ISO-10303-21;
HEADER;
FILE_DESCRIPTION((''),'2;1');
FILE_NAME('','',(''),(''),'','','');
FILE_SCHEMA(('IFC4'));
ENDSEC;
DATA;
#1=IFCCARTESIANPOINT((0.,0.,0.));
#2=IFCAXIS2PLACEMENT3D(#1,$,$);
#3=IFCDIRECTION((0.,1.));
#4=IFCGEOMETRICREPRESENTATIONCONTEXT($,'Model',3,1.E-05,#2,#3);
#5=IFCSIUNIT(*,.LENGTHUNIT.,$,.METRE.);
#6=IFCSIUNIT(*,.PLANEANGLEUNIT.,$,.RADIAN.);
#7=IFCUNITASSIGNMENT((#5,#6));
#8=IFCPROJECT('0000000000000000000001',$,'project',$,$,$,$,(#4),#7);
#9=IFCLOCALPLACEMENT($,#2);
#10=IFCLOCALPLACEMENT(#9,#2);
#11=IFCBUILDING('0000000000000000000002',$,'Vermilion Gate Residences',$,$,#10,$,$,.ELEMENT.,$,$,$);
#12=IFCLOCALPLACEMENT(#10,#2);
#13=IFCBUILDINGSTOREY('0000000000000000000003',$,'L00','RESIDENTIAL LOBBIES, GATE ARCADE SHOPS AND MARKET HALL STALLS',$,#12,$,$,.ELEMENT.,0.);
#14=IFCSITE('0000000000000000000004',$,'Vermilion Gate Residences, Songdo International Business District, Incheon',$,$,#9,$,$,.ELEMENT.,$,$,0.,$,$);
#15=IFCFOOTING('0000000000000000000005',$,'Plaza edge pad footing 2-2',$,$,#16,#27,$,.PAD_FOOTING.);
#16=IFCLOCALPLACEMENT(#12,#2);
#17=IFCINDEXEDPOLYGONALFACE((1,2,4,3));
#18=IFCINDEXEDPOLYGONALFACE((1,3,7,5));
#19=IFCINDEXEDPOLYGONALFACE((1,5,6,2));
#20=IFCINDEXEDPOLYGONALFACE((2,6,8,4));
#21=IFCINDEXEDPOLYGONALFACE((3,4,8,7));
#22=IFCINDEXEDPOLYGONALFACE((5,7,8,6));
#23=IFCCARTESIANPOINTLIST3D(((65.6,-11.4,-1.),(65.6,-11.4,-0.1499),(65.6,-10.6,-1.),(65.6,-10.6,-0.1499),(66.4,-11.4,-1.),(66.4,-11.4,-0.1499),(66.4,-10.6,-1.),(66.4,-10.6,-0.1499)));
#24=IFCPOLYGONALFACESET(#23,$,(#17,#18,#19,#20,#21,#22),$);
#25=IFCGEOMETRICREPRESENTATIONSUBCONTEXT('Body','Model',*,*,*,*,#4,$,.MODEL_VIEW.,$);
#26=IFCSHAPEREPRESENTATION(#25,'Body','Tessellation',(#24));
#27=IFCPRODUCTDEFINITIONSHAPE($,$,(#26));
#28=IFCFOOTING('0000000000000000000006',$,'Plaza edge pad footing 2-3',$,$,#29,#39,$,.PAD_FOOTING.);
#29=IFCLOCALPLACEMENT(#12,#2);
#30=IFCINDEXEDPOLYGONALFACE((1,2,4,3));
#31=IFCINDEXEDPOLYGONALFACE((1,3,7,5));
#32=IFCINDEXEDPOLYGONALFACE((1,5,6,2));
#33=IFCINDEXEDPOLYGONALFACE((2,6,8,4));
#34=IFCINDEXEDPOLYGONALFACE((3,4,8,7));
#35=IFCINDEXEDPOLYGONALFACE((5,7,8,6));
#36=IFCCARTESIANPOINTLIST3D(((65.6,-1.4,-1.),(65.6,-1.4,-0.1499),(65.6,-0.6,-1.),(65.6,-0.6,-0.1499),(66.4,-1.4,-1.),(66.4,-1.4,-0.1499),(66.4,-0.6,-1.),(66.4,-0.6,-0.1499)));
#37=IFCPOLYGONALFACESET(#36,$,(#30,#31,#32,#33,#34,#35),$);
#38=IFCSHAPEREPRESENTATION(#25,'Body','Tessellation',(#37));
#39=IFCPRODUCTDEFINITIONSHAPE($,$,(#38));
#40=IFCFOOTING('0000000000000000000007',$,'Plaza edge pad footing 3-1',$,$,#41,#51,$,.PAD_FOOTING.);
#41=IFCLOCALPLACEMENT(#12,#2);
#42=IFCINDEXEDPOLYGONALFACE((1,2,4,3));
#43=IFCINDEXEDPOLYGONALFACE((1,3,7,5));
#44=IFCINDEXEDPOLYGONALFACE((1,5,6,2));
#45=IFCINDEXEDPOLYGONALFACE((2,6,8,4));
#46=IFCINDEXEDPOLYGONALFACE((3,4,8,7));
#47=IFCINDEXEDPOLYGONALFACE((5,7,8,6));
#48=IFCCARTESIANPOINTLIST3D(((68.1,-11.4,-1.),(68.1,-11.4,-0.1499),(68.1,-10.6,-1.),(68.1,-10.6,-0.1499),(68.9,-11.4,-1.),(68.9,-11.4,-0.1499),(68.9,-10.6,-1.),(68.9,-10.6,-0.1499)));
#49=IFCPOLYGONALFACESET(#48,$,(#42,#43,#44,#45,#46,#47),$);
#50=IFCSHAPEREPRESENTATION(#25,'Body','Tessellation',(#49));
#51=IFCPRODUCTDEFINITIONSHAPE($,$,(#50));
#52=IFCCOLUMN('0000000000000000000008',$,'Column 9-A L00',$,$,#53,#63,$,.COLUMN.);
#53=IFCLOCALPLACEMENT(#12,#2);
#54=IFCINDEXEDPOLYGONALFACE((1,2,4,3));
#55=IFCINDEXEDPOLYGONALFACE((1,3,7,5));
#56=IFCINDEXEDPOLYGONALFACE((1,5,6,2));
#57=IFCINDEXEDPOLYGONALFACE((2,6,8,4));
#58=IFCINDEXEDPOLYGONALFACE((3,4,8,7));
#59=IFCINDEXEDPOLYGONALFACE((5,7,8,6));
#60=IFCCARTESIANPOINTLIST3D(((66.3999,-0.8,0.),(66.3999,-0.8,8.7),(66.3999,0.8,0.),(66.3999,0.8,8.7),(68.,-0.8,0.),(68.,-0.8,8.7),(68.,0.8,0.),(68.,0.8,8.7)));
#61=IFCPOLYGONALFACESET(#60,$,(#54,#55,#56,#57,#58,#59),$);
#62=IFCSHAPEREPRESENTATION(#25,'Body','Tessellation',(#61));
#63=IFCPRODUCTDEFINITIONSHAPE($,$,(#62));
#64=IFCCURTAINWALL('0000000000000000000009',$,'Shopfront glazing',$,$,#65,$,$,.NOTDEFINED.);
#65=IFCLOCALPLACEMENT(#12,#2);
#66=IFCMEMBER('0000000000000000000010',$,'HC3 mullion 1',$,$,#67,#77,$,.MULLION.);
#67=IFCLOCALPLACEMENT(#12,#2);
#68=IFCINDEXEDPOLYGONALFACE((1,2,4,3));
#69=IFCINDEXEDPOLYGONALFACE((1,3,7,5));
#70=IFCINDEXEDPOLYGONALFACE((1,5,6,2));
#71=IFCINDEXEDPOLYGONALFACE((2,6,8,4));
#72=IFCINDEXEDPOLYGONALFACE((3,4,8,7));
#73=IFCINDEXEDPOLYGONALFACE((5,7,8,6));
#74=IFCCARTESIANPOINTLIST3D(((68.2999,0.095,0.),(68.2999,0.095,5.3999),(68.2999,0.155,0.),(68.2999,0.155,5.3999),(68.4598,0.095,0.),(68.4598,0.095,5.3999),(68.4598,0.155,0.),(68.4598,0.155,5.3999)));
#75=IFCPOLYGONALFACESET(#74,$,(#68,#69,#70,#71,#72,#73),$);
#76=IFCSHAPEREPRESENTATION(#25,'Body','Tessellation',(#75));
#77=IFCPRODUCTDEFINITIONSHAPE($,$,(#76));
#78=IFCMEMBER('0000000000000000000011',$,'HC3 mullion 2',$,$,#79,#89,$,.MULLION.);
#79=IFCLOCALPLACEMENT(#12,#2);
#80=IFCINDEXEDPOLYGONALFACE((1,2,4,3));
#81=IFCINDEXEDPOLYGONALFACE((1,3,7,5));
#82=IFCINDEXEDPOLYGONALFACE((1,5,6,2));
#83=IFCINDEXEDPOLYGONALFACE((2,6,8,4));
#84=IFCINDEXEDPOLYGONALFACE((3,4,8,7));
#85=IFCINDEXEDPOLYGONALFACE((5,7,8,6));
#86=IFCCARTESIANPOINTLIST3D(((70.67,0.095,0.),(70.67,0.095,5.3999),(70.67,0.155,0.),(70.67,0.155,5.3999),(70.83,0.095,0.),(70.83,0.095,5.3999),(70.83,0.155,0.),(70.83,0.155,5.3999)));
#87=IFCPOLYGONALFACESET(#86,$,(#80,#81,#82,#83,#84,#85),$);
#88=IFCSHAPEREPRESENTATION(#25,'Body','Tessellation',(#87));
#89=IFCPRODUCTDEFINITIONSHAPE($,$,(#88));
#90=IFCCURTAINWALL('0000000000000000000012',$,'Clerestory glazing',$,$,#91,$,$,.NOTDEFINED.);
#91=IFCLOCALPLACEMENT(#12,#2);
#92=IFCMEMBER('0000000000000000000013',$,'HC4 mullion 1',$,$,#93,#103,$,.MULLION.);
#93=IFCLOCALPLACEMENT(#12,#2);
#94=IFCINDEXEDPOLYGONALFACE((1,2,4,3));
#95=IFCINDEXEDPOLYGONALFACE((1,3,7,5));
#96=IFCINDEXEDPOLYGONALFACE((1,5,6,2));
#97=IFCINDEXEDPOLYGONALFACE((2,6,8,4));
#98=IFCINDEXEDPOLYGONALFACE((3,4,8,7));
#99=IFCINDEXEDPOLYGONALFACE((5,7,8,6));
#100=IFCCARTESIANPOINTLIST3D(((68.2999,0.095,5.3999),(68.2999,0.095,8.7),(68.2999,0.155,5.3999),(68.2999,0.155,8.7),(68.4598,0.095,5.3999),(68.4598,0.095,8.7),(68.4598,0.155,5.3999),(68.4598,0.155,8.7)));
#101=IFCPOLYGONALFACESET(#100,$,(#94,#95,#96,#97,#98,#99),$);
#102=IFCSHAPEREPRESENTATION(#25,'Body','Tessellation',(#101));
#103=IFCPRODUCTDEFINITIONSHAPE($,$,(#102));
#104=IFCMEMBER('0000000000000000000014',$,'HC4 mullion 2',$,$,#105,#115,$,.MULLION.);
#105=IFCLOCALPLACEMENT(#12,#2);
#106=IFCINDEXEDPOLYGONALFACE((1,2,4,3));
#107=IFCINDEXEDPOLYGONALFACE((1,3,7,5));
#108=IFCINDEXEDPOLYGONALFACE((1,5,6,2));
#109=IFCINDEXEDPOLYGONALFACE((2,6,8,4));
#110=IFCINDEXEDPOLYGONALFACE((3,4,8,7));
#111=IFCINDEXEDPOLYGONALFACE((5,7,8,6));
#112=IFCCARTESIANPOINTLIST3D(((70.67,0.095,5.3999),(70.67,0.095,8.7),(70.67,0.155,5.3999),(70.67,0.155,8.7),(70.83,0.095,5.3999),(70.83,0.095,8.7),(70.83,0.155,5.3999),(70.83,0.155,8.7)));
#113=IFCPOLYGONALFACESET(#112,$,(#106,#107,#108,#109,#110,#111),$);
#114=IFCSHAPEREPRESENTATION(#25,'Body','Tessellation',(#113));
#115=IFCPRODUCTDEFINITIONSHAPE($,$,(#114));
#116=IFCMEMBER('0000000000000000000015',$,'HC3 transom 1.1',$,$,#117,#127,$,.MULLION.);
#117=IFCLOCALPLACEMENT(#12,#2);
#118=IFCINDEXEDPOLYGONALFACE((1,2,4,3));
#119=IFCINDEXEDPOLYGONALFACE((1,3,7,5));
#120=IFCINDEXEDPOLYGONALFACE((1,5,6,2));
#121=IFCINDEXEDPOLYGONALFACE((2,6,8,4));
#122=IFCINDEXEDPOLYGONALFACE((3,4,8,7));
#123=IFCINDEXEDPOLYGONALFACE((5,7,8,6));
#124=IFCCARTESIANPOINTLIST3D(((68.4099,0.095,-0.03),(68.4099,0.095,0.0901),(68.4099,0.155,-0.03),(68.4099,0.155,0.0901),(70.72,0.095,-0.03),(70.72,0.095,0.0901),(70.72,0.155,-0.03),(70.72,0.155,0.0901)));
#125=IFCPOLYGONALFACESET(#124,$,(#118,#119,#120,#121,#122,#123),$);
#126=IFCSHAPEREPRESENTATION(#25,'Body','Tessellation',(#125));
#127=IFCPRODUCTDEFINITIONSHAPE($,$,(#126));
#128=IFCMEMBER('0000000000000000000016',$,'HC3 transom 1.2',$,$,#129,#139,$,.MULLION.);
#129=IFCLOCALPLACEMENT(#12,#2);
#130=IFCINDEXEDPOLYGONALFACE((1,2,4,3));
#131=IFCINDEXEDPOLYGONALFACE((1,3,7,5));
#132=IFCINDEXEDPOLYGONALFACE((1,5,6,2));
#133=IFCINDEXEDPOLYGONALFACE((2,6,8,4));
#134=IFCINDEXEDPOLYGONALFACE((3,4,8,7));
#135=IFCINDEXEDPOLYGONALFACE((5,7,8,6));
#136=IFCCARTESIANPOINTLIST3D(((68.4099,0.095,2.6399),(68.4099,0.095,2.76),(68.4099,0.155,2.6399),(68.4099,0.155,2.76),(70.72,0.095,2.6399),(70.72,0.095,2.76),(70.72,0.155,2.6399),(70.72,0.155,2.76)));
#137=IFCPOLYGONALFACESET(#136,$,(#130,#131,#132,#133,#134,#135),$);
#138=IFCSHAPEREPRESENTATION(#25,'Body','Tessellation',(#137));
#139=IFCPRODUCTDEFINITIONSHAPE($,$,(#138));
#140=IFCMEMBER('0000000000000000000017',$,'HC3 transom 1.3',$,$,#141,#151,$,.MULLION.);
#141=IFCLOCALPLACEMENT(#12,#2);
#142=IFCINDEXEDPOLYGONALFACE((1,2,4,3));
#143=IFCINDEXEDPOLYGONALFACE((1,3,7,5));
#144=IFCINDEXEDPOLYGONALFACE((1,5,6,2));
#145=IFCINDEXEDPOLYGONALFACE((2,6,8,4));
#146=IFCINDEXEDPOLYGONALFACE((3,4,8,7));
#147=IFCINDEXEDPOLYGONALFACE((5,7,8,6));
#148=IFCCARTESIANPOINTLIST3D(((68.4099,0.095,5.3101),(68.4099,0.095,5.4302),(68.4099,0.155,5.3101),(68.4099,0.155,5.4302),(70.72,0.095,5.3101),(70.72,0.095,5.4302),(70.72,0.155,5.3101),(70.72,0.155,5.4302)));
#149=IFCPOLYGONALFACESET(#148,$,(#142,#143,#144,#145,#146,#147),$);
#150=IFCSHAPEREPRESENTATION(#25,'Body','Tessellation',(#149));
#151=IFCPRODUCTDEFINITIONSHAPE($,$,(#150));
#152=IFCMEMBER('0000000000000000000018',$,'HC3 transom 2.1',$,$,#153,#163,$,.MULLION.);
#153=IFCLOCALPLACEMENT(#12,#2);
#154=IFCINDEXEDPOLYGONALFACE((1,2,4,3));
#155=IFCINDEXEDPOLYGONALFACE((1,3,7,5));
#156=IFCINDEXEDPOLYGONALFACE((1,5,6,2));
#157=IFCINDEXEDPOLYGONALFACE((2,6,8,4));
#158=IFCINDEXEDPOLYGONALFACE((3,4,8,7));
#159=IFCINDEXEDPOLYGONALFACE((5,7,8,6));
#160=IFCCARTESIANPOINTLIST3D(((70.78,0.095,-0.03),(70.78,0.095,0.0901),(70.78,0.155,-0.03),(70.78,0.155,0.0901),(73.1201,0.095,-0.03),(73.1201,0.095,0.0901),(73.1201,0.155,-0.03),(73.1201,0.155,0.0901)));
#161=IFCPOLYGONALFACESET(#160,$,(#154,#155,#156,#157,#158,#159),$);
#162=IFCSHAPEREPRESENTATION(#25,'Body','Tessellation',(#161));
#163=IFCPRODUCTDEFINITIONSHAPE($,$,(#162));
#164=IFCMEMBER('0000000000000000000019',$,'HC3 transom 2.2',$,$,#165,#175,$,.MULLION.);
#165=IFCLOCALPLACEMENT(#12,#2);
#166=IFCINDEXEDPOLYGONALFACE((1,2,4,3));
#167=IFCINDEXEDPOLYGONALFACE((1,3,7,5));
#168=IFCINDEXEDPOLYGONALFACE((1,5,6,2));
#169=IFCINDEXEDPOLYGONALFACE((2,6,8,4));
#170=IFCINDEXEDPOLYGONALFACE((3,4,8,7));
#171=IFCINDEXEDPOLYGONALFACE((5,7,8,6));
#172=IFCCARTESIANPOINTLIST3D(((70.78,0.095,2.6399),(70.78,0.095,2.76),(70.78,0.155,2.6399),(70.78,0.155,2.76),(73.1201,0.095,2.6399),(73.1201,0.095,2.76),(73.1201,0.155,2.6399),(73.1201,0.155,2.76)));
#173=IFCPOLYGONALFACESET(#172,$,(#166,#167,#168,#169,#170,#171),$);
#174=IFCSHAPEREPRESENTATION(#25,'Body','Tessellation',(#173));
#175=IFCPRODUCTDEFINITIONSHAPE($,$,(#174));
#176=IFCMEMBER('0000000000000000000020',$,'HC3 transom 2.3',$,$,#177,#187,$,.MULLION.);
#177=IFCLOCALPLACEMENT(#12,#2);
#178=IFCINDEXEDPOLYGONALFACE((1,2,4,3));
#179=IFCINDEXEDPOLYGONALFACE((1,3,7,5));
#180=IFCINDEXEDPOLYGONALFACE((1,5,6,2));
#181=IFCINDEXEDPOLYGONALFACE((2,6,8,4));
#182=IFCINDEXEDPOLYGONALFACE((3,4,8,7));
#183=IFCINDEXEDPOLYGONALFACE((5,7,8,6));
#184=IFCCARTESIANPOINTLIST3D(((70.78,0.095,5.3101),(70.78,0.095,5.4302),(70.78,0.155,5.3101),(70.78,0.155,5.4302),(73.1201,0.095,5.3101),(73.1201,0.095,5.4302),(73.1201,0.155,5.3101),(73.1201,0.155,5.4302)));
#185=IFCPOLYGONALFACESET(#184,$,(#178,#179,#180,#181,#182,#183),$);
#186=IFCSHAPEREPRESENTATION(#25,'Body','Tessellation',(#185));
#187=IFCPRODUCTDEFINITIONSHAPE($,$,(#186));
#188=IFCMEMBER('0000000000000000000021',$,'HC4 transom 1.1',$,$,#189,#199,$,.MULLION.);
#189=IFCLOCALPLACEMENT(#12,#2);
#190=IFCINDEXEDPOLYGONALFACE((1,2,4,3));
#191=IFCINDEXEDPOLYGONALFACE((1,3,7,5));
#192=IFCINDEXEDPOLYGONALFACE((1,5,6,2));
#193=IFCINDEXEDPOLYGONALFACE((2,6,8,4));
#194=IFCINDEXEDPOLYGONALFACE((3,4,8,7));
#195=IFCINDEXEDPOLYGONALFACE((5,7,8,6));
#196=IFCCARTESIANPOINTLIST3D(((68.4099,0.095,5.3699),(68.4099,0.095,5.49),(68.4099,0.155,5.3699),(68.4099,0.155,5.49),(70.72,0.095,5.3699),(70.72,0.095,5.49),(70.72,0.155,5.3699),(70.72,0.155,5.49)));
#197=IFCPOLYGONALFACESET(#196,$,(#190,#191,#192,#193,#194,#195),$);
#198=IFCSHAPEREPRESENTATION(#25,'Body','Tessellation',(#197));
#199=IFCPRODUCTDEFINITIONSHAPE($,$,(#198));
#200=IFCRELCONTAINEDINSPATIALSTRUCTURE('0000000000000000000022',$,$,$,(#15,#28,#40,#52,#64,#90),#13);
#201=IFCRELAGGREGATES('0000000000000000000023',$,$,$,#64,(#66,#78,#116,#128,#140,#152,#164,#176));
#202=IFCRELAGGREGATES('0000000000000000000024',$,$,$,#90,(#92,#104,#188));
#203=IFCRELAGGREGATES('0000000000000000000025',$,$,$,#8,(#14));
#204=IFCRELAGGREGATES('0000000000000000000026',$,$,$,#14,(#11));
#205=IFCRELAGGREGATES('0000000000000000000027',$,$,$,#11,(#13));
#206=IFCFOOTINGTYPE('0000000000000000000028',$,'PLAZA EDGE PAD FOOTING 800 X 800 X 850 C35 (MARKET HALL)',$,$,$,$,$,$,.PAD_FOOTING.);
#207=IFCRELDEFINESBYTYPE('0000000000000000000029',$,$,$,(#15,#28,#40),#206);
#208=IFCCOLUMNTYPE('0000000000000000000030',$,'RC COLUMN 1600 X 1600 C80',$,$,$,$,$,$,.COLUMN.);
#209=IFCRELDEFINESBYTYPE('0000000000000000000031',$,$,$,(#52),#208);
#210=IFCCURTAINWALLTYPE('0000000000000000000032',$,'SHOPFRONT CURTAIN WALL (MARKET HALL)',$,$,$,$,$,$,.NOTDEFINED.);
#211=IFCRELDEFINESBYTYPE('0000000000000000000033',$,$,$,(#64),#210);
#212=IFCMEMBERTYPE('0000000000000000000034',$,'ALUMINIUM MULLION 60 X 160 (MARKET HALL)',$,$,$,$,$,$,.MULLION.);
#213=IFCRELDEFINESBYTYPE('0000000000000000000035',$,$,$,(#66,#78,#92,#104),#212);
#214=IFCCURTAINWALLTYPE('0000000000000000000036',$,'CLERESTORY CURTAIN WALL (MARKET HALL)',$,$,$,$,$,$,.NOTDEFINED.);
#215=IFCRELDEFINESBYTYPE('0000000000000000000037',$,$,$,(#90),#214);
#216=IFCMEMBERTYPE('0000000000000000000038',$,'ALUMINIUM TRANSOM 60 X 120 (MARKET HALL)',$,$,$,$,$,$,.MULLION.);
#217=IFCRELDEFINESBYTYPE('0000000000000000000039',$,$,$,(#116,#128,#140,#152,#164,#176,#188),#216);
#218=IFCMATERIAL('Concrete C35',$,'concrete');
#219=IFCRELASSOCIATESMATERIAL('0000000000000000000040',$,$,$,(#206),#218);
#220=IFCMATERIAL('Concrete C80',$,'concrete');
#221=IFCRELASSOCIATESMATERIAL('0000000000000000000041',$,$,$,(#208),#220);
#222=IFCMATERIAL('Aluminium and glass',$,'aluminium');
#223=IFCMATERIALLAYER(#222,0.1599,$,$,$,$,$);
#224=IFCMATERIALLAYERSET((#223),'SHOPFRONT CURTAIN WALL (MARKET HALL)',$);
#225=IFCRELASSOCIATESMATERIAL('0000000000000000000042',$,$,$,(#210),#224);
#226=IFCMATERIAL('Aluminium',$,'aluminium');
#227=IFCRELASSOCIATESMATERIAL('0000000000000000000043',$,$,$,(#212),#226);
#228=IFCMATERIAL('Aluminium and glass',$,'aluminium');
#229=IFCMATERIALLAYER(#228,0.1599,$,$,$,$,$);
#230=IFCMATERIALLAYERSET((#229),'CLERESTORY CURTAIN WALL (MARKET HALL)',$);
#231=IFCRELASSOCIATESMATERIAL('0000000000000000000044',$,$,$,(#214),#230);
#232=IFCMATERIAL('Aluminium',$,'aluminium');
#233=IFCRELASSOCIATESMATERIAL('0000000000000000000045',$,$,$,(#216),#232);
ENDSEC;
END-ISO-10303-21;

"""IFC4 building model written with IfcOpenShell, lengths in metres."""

from ifc_helpers import new_model, si_unit, direction, frame, origin, origin_2d, place, context, subcontext, project, spatial, rectangle, extrude, material, layer, layer_set, material_profile, profile_set, type_object, element, aggregate, save


model = new_model("IFC4")

# Units and contexts
model_context = context("Model", 3, precision=1e-05, world=origin(), true_north=direction((0.0, 1.0)))
body_context = subcontext(model_context, "Body", "Model", "MODEL_VIEW")
ifc_project = project(units=[si_unit("LENGTHUNIT", "METRE"), si_unit("PLANEANGLEUNIT", "RADIAN")], contexts=[model_context])

# Site, building, storey
site_placement = place(None, origin())
site = spatial("IfcSite", under=ifc_project, at=site_placement, Name="Vermilion Gate Residences, Songdo International Business District, Incheon", CompositionType="ELEMENT", RefElevation=0.0)
building_placement = place(site_placement, origin())
building = spatial("IfcBuilding", under=site, at=building_placement, Name="Vermilion Gate Residences", CompositionType="ELEMENT")
storey_placement = place(building_placement, origin())
storey = spatial("IfcBuildingStorey", under=building, at=storey_placement, Name="L00", Description="RESIDENTIAL LOBBIES, GATE ARCADE SHOPS AND MARKET HALL STALLS", CompositionType="ELEMENT", Elevation=0.0)

# Footings
ifc_material_1 = material(Name="Concrete C35", Category="concrete")
footing_type = type_object("IfcFootingType", Name="PLAZA EDGE PAD FOOTING 800 X 800 X 850 C35 (MARKET HALL)", PredefinedType="PAD_FOOTING", material=ifc_material_1)
for number, where, z_axis, x_axis, name in (
    (1, (66.0, -11.0, -1.0), (0.0, 0.0, 1.0), (1.0, 0.0, 0.0), "Plaza edge pad footing 2-2"),
    (2, (66.0, -1.0, -1.0), (0.0, 0.0, 1.0), (1.0, 0.0, 0.0), "Plaza edge pad footing 2-3"),
    (3, (68.5, -11.0, -1.0), (0.0, 0.0, 1.0), (1.0, 0.0, 0.0), "Plaza edge pad footing 3-1"),
):
    element("IfcFooting", number, at=place(storey_placement, frame(where, z_axis=z_axis, x_axis=x_axis)), inside=storey, type_object=footing_type, Name=name, PredefinedType="PAD_FOOTING", context=body_context, shape_type="SweptSolid", body=[
        extrude(rectangle(XDim=0.8, YDim=0.8, at=origin_2d()), origin(), (0.0, 0.0, 1.0), 0.8501),
    ])

# Column
ifc_material_2 = material(Name="Concrete C80", Category="concrete")
ifc_material_profile_1 = material_profile(ifc_material_2, rectangle(XDim=1.6001, YDim=1.6001, at=origin_2d()), Name="RC-1600x1600")
ifc_profile_set_1 = profile_set([ifc_material_profile_1], Name="Concrete C80")
column_type = type_object("IfcColumnType", Name="RC COLUMN 1600 X 1600 C80", PredefinedType="COLUMN", material=ifc_profile_set_1)
column_placement = place(storey_placement, frame((67.2, 0.0, 0.0), z_axis=(0.0, 0.0, 1.0), x_axis=(1.0, 0.0, 0.0)))
element("IfcColumn", 4, at=column_placement, inside=storey, type_object=column_type, Name="Column 9-A L00", PredefinedType="COLUMN", context=body_context, shape_type="SweptSolid", body=[
    extrude(rectangle(XDim=1.6001, YDim=1.6001, at=origin_2d()), origin(), (0.0, 0.0, 1.0), 8.7),
])

# Curtain walls, members
ifc_material_3 = material(Name="Aluminium and glass", Category="aluminium")
ifc_layer_1 = layer(ifc_material_3, 0.1599)
ifc_layer_set_1 = layer_set([ifc_layer_1], Name="SHOPFRONT CURTAIN WALL (MARKET HALL)")
curtain_wall_type_1 = type_object("IfcCurtainWallType", Name="SHOPFRONT CURTAIN WALL (MARKET HALL)", PredefinedType="NOTDEFINED", material=ifc_layer_set_1)
curtain_wall_1_placement = place(storey_placement, origin())
curtain_wall_1 = element("IfcCurtainWall", 5, at=curtain_wall_1_placement, inside=storey, type_object=curtain_wall_type_1, Name="Shopfront glazing", PredefinedType="NOTDEFINED")
ifc_material_4 = material(Name="Aluminium", Category="aluminium")
ifc_material_profile_2 = material_profile(ifc_material_4, rectangle(XDim=0.0601, YDim=0.1599, at=origin_2d()), Name="ALUMINIUM MULLION 60 X 160 (MARKET HALL)")
ifc_profile_set_2 = profile_set([ifc_material_profile_2], Name="Aluminium")
member_type_1 = type_object("IfcMemberType", Name="ALUMINIUM MULLION 60 X 160 (MARKET HALL)", PredefinedType="MULLION", material=ifc_profile_set_2)
member_1_placement = place(storey_placement, frame((68.3799, 0.125, 0.0), z_axis=(0.0, 0.0, 1.0), x_axis=(0.0, 1.0, 0.0)))
member_1 = element("IfcMember", 6, at=member_1_placement, type_object=member_type_1, Name="HC3 mullion 1", PredefinedType="MULLION", context=body_context, shape_type="SweptSolid", body=[
    extrude(rectangle(XDim=0.0601, YDim=0.1599, at=origin_2d()), origin(), (0.0, 0.0, 1.0), 5.3999),
])
member_2_placement = place(storey_placement, frame((70.75, 0.125, 0.0), z_axis=(0.0, 0.0, 1.0), x_axis=(0.0, 1.0, 0.0)))
member_2 = element("IfcMember", 7, at=member_2_placement, type_object=member_type_1, Name="HC3 mullion 2", PredefinedType="MULLION", context=body_context, shape_type="SweptSolid", body=[
    extrude(rectangle(XDim=0.0601, YDim=0.1599, at=origin_2d()), origin(), (0.0, 0.0, 1.0), 5.3999),
])
ifc_material_5 = material(Name="Aluminium and glass", Category="aluminium")
ifc_layer_2 = layer(ifc_material_5, 0.1599)
ifc_layer_set_2 = layer_set([ifc_layer_2], Name="CLERESTORY CURTAIN WALL (MARKET HALL)")
curtain_wall_type_2 = type_object("IfcCurtainWallType", Name="CLERESTORY CURTAIN WALL (MARKET HALL)", PredefinedType="NOTDEFINED", material=ifc_layer_set_2)
curtain_wall_2_placement = place(storey_placement, origin())
curtain_wall_2 = element("IfcCurtainWall", 8, at=curtain_wall_2_placement, inside=storey, type_object=curtain_wall_type_2, Name="Clerestory glazing", PredefinedType="NOTDEFINED")
member_3_placement = place(storey_placement, frame((68.3799, 0.125, 5.3999), z_axis=(0.0, 0.0, 1.0), x_axis=(0.0, 1.0, 0.0)))
member_3 = element("IfcMember", 9, at=member_3_placement, type_object=member_type_1, Name="HC4 mullion 1", PredefinedType="MULLION", context=body_context, shape_type="SweptSolid", body=[
    extrude(rectangle(XDim=0.0601, YDim=0.1599, at=origin_2d()), origin(), (0.0, 0.0, 1.0), 3.3),
])
member_4_placement = place(storey_placement, frame((70.75, 0.125, 5.3999), z_axis=(0.0, 0.0, 1.0), x_axis=(0.0, 1.0, 0.0)))
member_4 = element("IfcMember", 10, at=member_4_placement, type_object=member_type_1, Name="HC4 mullion 2", PredefinedType="MULLION", context=body_context, shape_type="SweptSolid", body=[
    extrude(rectangle(XDim=0.0601, YDim=0.1599, at=origin_2d()), origin(), (0.0, 0.0, 1.0), 3.3),
])

# Members
ifc_material_6 = material(Name="Aluminium", Category="aluminium")
ifc_material_profile_3 = material_profile(ifc_material_6, rectangle(XDim=0.0601, YDim=0.1201, at=origin_2d()), Name="ALUMINIUM TRANSOM 60 X 120 (MARKET HALL)")
ifc_profile_set_3 = profile_set([ifc_material_profile_3], Name="Aluminium")
member_type_2 = type_object("IfcMemberType", Name="ALUMINIUM TRANSOM 60 X 120 (MARKET HALL)", PredefinedType="MULLION", material=ifc_profile_set_3)
member_5_placement = place(storey_placement, frame((68.4099, 0.125, 0.03), z_axis=(1.0, 0.0, 0.0), x_axis=(0.0, 1.0, 0.0)))
member_5 = element("IfcMember", 11, at=member_5_placement, type_object=member_type_2, Name="HC3 transom 1.1", PredefinedType="MULLION", context=body_context, shape_type="SweptSolid", body=[
    extrude(rectangle(XDim=0.0601, YDim=0.1201, at=origin_2d()), origin(), (0.0, 0.0, 1.0), 2.3101),
])
member_6_placement = place(storey_placement, frame((68.4099, 0.125, 2.7), z_axis=(1.0, 0.0, 0.0), x_axis=(0.0, 1.0, 0.0)))
member_6 = element("IfcMember", 12, at=member_6_placement, type_object=member_type_2, Name="HC3 transom 1.2", PredefinedType="MULLION", context=body_context, shape_type="SweptSolid", body=[
    extrude(rectangle(XDim=0.0601, YDim=0.1201, at=origin_2d()), origin(), (0.0, 0.0, 1.0), 2.3101),
])
member_7_placement = place(storey_placement, frame((68.4099, 0.125, 5.3701), z_axis=(1.0, 0.0, 0.0), x_axis=(0.0, 1.0, 0.0)))
member_7 = element("IfcMember", 13, at=member_7_placement, type_object=member_type_2, Name="HC3 transom 1.3", PredefinedType="MULLION", context=body_context, shape_type="SweptSolid", body=[
    extrude(rectangle(XDim=0.0601, YDim=0.1201, at=origin_2d()), origin(), (0.0, 0.0, 1.0), 2.3101),
])
member_8_placement = place(storey_placement, frame((70.78, 0.125, 0.03), z_axis=(1.0, 0.0, 0.0), x_axis=(0.0, 1.0, 0.0)))
member_8 = element("IfcMember", 14, at=member_8_placement, type_object=member_type_2, Name="HC3 transom 2.1", PredefinedType="MULLION", context=body_context, shape_type="SweptSolid", body=[
    extrude(rectangle(XDim=0.0601, YDim=0.1201, at=origin_2d()), origin(), (0.0, 0.0, 1.0), 2.3401),
])
member_9_placement = place(storey_placement, frame((70.78, 0.125, 2.7), z_axis=(1.0, 0.0, 0.0), x_axis=(0.0, 1.0, 0.0)))
member_9 = element("IfcMember", 15, at=member_9_placement, type_object=member_type_2, Name="HC3 transom 2.2", PredefinedType="MULLION", context=body_context, shape_type="SweptSolid", body=[
    extrude(rectangle(XDim=0.0601, YDim=0.1201, at=origin_2d()), origin(), (0.0, 0.0, 1.0), 2.3401),
])
member_10_placement = place(storey_placement, frame((70.78, 0.125, 5.3701), z_axis=(1.0, 0.0, 0.0), x_axis=(0.0, 1.0, 0.0)))
member_10 = element("IfcMember", 16, at=member_10_placement, type_object=member_type_2, Name="HC3 transom 2.3", PredefinedType="MULLION", context=body_context, shape_type="SweptSolid", body=[
    extrude(rectangle(XDim=0.0601, YDim=0.1201, at=origin_2d()), origin(), (0.0, 0.0, 1.0), 2.3401),
])
member_11_placement = place(storey_placement, frame((68.4099, 0.125, 5.4299), z_axis=(1.0, 0.0, 0.0), x_axis=(0.0, 1.0, 0.0)))
member_11 = element("IfcMember", 17, at=member_11_placement, type_object=member_type_2, Name="HC4 transom 1.1", PredefinedType="MULLION", context=body_context, shape_type="SweptSolid", body=[
    extrude(rectangle(XDim=0.0601, YDim=0.1201, at=origin_2d()), origin(), (0.0, 0.0, 1.0), 2.3101),
])

aggregate(curtain_wall_1, [member_1, member_2, member_5, member_6, member_7, member_8, member_9, member_10])
aggregate(curtain_wall_2, [member_3, member_4, member_11])

save(model, "model.ifc")
